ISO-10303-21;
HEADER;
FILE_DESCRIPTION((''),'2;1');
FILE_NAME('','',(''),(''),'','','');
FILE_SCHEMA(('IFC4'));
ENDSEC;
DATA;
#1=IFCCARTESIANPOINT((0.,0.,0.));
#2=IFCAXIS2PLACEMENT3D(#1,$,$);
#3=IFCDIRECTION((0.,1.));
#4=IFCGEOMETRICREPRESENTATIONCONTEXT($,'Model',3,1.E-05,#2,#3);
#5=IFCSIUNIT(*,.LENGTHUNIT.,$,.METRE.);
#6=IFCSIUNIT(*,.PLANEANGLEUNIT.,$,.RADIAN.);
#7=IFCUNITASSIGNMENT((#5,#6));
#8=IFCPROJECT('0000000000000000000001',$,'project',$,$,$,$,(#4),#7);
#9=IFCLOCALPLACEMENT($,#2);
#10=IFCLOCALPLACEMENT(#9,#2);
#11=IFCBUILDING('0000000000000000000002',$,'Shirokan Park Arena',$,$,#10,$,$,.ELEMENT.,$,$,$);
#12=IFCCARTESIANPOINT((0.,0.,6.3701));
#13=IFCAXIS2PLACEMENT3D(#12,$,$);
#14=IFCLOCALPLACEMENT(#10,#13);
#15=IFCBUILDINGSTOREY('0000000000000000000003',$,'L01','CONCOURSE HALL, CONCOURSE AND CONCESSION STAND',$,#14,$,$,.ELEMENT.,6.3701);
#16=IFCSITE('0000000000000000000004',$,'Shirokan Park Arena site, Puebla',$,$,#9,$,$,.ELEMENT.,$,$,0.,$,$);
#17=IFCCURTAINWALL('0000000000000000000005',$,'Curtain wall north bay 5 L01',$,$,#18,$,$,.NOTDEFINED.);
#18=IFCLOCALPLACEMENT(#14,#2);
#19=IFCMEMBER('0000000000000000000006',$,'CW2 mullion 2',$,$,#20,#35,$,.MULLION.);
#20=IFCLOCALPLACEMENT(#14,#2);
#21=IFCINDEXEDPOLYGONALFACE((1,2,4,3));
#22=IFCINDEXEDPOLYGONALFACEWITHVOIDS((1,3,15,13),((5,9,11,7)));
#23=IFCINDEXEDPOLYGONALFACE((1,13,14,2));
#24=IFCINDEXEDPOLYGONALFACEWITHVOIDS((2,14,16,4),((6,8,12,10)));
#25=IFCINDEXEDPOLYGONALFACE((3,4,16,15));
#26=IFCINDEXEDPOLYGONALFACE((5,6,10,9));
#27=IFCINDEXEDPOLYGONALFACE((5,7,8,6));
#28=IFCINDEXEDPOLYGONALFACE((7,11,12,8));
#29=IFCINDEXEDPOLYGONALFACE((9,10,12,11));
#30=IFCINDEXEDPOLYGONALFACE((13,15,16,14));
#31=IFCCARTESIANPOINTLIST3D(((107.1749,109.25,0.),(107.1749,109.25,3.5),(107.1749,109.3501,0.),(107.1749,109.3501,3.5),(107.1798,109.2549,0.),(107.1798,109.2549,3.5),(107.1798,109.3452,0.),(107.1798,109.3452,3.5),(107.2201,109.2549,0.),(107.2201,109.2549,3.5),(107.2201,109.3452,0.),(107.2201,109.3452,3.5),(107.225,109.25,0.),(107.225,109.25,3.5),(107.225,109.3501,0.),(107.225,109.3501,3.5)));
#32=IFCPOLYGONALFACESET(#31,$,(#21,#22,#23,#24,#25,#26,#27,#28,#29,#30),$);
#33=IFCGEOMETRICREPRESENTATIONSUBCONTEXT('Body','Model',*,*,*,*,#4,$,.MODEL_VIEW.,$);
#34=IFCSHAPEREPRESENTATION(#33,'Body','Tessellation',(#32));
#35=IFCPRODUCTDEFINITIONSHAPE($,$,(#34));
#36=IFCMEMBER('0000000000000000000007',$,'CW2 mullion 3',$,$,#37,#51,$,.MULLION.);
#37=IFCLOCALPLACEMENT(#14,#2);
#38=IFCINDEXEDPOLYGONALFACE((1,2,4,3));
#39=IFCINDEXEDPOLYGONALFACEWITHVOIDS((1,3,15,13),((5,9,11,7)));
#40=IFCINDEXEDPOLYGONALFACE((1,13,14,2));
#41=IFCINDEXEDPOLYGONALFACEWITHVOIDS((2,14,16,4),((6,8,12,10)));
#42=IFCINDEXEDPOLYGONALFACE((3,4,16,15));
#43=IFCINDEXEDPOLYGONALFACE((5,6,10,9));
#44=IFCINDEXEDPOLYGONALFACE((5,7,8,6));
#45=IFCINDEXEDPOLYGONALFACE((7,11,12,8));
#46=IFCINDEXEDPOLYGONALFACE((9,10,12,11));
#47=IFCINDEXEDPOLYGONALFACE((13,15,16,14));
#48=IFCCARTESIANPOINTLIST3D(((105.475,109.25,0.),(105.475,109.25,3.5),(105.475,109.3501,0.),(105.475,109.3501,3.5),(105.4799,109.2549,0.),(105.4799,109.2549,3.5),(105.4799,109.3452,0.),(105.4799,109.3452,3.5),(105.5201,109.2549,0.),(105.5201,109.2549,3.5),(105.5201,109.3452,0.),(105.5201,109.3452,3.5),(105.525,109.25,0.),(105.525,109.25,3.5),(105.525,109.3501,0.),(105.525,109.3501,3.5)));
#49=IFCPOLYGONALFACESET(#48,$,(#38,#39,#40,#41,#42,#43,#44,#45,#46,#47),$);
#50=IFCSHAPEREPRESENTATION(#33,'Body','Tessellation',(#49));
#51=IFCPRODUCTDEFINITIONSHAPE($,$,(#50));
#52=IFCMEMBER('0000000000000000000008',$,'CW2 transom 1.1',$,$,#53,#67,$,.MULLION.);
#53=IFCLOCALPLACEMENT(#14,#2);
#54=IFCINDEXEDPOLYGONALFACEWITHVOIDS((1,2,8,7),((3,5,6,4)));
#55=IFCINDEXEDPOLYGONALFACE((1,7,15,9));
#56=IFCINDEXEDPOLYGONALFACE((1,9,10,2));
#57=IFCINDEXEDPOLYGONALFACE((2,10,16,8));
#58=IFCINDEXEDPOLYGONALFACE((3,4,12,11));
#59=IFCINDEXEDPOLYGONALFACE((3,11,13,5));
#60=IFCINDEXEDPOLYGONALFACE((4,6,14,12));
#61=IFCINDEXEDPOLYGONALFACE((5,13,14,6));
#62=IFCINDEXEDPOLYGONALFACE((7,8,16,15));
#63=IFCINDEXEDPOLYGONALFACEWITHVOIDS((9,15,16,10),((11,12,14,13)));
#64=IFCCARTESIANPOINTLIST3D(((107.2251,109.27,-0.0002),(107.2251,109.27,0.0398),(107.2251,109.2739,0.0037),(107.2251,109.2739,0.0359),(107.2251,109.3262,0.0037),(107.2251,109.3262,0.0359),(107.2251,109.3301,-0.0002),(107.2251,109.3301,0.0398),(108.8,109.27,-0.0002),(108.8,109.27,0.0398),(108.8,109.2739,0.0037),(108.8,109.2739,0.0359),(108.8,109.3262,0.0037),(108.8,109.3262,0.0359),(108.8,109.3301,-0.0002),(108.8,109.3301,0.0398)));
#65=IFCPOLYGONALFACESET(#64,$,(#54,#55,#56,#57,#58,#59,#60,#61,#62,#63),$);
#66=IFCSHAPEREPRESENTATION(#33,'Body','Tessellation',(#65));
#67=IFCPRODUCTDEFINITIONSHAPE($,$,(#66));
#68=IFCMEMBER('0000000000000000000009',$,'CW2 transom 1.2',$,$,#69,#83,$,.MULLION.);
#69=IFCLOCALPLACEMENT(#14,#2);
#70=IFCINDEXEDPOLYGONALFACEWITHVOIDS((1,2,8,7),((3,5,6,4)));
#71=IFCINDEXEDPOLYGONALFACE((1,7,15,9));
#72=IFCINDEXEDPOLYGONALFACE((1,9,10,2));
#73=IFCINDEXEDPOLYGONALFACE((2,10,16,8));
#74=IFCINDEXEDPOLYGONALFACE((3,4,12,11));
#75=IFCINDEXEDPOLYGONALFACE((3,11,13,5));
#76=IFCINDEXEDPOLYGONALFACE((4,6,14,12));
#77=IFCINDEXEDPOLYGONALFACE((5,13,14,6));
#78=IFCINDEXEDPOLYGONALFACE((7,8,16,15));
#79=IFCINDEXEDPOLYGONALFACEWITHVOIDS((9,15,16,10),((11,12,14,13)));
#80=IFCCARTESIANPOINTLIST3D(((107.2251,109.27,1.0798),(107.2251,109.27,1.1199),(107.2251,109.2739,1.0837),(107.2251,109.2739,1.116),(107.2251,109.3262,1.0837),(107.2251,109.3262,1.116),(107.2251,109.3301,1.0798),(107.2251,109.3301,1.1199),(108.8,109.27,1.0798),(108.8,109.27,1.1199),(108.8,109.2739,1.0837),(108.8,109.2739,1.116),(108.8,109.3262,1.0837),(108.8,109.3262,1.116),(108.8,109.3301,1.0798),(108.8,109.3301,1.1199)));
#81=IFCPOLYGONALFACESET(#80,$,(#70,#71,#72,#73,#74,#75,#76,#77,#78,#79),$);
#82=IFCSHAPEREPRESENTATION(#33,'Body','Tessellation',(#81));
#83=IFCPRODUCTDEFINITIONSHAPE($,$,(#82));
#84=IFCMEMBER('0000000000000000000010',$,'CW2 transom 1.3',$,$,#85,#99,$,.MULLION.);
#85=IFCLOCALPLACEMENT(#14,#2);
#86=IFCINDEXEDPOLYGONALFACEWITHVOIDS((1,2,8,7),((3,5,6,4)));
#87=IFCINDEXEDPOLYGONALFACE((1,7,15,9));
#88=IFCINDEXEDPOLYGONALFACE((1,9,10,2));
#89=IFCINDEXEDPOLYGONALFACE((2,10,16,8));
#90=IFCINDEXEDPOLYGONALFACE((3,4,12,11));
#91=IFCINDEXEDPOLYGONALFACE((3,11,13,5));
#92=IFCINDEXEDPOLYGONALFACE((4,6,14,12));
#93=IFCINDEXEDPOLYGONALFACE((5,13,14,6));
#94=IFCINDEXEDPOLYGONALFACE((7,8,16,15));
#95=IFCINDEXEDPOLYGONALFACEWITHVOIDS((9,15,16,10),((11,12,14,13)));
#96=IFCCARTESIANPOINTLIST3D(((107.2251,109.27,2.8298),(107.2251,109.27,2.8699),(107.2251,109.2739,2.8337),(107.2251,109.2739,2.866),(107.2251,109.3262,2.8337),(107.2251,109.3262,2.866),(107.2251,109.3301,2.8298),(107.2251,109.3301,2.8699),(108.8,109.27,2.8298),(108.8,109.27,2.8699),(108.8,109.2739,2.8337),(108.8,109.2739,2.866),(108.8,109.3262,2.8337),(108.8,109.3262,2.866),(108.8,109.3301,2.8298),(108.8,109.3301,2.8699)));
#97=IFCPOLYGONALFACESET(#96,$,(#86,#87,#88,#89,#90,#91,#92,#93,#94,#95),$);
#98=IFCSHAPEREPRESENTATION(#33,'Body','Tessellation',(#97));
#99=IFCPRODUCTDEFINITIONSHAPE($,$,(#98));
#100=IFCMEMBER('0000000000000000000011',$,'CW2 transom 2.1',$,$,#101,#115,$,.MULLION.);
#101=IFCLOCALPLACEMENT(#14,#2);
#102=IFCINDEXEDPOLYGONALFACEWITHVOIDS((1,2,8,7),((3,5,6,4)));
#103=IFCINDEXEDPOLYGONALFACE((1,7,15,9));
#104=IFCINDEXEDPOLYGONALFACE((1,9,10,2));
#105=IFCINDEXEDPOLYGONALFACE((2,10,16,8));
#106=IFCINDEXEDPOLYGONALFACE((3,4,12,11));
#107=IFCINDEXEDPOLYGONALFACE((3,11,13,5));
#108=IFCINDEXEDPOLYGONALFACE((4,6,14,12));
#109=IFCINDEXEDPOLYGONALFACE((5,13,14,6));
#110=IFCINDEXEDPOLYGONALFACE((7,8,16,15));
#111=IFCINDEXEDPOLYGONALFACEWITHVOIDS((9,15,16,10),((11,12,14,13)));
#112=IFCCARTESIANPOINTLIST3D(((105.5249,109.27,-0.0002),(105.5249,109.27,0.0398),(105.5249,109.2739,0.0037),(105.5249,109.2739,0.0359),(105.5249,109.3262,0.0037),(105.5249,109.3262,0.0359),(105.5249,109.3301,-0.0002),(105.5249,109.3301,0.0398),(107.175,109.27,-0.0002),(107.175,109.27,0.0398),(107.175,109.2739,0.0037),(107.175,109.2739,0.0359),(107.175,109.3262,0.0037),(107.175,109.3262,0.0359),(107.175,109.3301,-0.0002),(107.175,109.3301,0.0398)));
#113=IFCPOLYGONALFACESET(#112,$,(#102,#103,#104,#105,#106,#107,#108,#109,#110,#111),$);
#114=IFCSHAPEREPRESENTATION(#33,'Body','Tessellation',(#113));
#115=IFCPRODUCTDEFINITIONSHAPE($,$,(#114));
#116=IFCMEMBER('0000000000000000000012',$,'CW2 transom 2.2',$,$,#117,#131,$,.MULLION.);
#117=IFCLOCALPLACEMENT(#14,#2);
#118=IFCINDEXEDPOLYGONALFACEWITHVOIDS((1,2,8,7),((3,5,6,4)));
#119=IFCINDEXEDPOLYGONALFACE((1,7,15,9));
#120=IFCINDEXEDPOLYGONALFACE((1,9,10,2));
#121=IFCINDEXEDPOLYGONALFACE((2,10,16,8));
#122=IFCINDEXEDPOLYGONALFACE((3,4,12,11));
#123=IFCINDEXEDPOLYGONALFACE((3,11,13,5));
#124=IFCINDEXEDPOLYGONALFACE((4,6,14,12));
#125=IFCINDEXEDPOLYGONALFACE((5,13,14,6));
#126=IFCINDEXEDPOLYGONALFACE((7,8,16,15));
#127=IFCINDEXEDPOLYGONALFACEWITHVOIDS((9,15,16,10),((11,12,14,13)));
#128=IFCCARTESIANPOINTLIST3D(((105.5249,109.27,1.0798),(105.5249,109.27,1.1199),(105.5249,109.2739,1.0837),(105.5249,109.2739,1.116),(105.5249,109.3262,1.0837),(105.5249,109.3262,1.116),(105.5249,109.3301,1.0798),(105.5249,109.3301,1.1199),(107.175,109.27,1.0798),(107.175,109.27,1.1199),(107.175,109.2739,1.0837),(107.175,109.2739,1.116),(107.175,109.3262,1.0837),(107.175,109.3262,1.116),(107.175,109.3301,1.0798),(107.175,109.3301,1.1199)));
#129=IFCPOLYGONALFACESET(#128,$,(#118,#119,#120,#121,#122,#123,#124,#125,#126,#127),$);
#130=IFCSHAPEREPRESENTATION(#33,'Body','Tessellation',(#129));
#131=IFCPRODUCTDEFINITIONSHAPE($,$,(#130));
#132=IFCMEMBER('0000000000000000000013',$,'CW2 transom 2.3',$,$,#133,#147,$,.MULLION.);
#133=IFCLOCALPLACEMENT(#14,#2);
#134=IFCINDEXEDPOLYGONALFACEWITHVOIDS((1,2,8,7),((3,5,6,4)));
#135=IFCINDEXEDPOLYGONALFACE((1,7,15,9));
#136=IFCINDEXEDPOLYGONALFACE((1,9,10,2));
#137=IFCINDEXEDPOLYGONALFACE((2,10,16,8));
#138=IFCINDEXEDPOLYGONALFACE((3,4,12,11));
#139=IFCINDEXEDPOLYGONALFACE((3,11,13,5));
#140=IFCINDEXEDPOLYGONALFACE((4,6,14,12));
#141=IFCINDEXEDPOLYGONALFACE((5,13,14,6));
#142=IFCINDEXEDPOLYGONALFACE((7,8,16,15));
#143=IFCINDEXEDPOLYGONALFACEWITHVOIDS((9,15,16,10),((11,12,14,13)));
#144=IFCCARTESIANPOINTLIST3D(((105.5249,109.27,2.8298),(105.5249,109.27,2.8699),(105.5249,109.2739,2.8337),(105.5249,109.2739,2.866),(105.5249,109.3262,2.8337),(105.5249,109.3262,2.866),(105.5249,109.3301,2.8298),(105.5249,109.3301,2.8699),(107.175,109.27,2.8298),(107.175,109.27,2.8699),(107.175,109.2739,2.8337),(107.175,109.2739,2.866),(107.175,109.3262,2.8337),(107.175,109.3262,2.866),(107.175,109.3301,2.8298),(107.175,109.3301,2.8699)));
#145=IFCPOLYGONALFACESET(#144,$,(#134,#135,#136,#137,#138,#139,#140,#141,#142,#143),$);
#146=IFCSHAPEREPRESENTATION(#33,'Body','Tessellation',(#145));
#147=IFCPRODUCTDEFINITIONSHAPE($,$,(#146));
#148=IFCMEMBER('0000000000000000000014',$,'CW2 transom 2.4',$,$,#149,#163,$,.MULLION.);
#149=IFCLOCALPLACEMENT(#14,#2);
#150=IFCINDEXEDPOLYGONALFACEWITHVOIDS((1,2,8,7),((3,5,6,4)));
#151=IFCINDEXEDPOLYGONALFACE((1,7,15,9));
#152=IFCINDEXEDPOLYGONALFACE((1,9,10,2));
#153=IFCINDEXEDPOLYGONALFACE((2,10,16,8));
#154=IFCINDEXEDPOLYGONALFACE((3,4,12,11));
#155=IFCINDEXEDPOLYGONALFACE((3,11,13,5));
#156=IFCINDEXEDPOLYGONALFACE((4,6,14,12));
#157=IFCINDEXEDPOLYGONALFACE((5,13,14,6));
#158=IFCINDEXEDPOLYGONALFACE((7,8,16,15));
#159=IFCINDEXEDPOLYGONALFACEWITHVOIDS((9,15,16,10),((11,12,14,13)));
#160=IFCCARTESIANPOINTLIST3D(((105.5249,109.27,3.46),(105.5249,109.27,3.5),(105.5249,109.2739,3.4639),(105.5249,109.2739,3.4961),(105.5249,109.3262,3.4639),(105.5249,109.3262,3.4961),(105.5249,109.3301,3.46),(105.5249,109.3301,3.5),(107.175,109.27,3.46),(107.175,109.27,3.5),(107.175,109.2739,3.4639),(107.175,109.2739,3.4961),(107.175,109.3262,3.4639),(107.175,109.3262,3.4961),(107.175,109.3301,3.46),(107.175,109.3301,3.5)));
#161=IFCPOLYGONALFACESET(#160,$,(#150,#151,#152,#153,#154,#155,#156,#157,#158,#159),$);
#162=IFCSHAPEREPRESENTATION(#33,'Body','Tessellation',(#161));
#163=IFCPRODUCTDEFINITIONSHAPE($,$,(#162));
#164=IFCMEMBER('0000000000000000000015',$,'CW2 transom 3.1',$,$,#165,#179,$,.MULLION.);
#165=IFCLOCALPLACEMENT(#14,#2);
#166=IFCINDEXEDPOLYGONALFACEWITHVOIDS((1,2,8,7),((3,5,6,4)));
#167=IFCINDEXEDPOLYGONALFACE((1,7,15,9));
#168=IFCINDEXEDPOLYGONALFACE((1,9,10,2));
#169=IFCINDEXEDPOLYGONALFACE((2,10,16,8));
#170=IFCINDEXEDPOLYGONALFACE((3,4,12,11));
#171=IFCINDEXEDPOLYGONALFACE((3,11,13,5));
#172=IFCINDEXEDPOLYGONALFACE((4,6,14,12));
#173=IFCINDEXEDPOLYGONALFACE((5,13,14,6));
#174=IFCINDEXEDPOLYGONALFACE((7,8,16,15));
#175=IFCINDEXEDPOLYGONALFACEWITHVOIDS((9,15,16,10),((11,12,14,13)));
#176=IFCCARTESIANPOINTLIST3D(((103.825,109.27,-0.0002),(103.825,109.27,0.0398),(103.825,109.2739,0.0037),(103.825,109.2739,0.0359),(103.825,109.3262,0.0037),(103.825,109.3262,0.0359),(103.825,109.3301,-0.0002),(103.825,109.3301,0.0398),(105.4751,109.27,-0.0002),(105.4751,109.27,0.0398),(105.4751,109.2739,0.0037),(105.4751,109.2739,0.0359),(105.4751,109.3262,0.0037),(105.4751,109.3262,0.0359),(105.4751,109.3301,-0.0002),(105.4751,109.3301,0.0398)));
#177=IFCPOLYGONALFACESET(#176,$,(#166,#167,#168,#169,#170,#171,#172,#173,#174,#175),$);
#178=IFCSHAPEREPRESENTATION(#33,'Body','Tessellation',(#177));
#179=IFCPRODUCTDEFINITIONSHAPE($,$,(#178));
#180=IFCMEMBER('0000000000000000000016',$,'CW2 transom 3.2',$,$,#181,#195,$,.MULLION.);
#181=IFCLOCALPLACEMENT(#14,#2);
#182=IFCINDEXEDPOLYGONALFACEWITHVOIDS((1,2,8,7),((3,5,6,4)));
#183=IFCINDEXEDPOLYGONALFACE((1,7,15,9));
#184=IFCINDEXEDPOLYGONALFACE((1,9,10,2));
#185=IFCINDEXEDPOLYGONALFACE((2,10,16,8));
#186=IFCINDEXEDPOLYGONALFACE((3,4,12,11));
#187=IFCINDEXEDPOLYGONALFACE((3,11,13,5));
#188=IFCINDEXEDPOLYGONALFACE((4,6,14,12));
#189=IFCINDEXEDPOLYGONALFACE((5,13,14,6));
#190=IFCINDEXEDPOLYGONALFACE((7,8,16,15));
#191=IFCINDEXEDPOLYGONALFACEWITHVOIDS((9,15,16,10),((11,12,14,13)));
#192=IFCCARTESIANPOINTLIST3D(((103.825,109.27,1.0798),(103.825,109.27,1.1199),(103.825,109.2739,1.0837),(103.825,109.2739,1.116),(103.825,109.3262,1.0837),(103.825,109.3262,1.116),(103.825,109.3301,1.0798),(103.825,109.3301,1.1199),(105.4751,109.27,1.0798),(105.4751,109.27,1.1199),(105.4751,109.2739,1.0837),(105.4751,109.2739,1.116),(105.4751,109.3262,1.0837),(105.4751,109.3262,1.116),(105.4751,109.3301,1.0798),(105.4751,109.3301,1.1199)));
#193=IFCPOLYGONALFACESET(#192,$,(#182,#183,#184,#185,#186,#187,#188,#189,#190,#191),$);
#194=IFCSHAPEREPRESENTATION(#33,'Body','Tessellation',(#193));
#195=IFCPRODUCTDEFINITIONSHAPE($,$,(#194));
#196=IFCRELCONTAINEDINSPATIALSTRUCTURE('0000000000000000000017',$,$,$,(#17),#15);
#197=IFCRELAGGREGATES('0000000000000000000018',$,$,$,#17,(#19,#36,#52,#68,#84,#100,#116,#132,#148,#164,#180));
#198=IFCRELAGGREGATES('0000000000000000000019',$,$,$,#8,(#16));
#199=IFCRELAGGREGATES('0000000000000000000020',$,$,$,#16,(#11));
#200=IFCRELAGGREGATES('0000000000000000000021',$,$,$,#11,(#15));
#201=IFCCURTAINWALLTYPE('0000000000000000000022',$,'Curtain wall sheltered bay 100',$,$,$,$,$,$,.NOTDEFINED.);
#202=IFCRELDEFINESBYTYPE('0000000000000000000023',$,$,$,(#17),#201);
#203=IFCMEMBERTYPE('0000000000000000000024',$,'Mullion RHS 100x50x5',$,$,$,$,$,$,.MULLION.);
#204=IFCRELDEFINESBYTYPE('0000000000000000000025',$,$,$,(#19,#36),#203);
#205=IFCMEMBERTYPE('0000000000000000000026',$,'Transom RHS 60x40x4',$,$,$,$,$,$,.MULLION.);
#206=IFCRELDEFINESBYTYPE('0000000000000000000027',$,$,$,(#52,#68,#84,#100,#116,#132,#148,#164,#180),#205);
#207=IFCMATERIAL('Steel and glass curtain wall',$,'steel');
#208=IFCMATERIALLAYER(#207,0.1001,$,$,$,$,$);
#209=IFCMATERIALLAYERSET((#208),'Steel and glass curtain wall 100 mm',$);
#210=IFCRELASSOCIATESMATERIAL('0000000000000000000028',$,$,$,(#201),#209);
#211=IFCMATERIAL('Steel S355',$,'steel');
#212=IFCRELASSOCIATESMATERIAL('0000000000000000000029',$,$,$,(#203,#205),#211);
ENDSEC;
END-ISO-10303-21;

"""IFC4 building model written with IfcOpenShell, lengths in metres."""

from ifc_helpers import new_model, si_unit, direction, frame, origin, origin_2d, place, context, subcontext, project, spatial, hollow_rectangle, extrude, material, layer, layer_set, material_profile, profile_set, type_object, element, aggregate, save


model = new_model("IFC4")

# Units and contexts
model_context = context("Model", 3, precision=1e-05, world=origin(), true_north=direction((0.0, 1.0)))
body_context = subcontext(model_context, "Body", "Model", "MODEL_VIEW")
ifc_project = project(units=[si_unit("LENGTHUNIT", "METRE"), si_unit("PLANEANGLEUNIT", "RADIAN")], contexts=[model_context])

# Site, building, storey
site_placement = place(None, origin())
site = spatial("IfcSite", under=ifc_project, at=site_placement, Name="Shirokan Park Arena site, Puebla", CompositionType="ELEMENT", RefElevation=0.0)
building_placement = place(site_placement, origin())
building = spatial("IfcBuilding", under=site, at=building_placement, Name="Shirokan Park Arena", CompositionType="ELEMENT")
storey_placement = place(building_placement, frame((0.0, 0.0, 6.3701)))
storey = spatial("IfcBuildingStorey", under=building, at=storey_placement, Name="L01", Description="CONCOURSE HALL, CONCOURSE AND CONCESSION STAND", CompositionType="ELEMENT", Elevation=6.3701)

# Curtain wall, members
ifc_material_1 = material(Name="Steel and glass curtain wall", Category="steel")
ifc_layer_1 = layer(ifc_material_1, 0.1001)
ifc_layer_set_1 = layer_set([ifc_layer_1], Name="Steel and glass curtain wall 100 mm")
curtain_wall_type = type_object("IfcCurtainWallType", Name="Curtain wall sheltered bay 100", PredefinedType="NOTDEFINED", material=ifc_layer_set_1)
curtain_wall_placement = place(storey_placement, origin())
curtain_wall = element("IfcCurtainWall", 1, at=curtain_wall_placement, inside=storey, type_object=curtain_wall_type, Name="Curtain wall north bay 5 L01", PredefinedType="NOTDEFINED")
ifc_material_2 = material(Name="Steel S355", Category="steel")
ifc_material_profile_1 = material_profile(ifc_material_2, hollow_rectangle(XDim=0.1001, YDim=0.05, WallThickness=0.0049, at=origin_2d()), Name="RHS 100x50x5")
ifc_profile_set_1 = profile_set([ifc_material_profile_1], Name="Steel S355")
member_type_1 = type_object("IfcMemberType", Name="Mullion RHS 100x50x5", PredefinedType="MULLION", material=ifc_profile_set_1)
member_1_placement = place(storey_placement, frame((107.2, 109.3, 0.0), z_axis=(0.0, 0.0, 1.0), x_axis=(0.0, -1.0, 0.0)))
member_1 = element("IfcMember", 2, at=member_1_placement, type_object=member_type_1, Name="CW2 mullion 2", PredefinedType="MULLION", context=body_context, shape_type="SweptSolid", body=[
    extrude(hollow_rectangle(XDim=0.1001, YDim=0.05, WallThickness=0.0049, at=origin_2d()), origin(), (0.0, 0.0, 1.0), 3.5),
])
member_2_placement = place(storey_placement, frame((105.5, 109.3, 0.0), z_axis=(0.0, 0.0, 1.0), x_axis=(0.0, -1.0, 0.0)))
member_2 = element("IfcMember", 3, at=member_2_placement, type_object=member_type_1, Name="CW2 mullion 3", PredefinedType="MULLION", context=body_context, shape_type="SweptSolid", body=[
    extrude(hollow_rectangle(XDim=0.1001, YDim=0.05, WallThickness=0.0049, at=origin_2d()), origin(), (0.0, 0.0, 1.0), 3.5),
])
ifc_material_profile_2 = material_profile(ifc_material_2, hollow_rectangle(XDim=0.0601, YDim=0.04, WallThickness=0.0039, at=origin_2d()), Name="RHS 60x40x4")
ifc_profile_set_2 = profile_set([ifc_material_profile_2], Name="Steel S355")
member_type_2 = type_object("IfcMemberType", Name="Transom RHS 60x40x4", PredefinedType="MULLION", material=ifc_profile_set_2)
member_3_placement = place(storey_placement, frame((108.8, 109.3, 0.0198), z_axis=(-1.0, 0.0, 0.0), x_axis=(0.0, -1.0, 0.0)))
member_3 = element("IfcMember", 4, at=member_3_placement, type_object=member_type_2, Name="CW2 transom 1.1", PredefinedType="MULLION", context=body_context, shape_type="SweptSolid", body=[
    extrude(hollow_rectangle(XDim=0.0601, YDim=0.04, WallThickness=0.0039, at=origin_2d()), origin(), (0.0, 0.0, 1.0), 1.575),
])
member_4_placement = place(storey_placement, frame((108.8, 109.3, 1.0999), z_axis=(-1.0, 0.0, 0.0), x_axis=(0.0, -1.0, 0.0)))
member_4 = element("IfcMember", 5, at=member_4_placement, type_object=member_type_2, Name="CW2 transom 1.2", PredefinedType="MULLION", context=body_context, shape_type="SweptSolid", body=[
    extrude(hollow_rectangle(XDim=0.0601, YDim=0.04, WallThickness=0.0039, at=origin_2d()), origin(), (0.0, 0.0, 1.0), 1.575),
])
member_5_placement = place(storey_placement, frame((108.8, 109.3, 2.8499), z_axis=(-1.0, 0.0, 0.0), x_axis=(0.0, -1.0, 0.0)))
member_5 = element("IfcMember", 6, at=member_5_placement, type_object=member_type_2, Name="CW2 transom 1.3", PredefinedType="MULLION", context=body_context, shape_type="SweptSolid", body=[
    extrude(hollow_rectangle(XDim=0.0601, YDim=0.04, WallThickness=0.0039, at=origin_2d()), origin(), (0.0, 0.0, 1.0), 1.575),
])
member_6_placement = place(storey_placement, frame((107.175, 109.3, 0.0198), z_axis=(-1.0, 0.0, 0.0), x_axis=(0.0, -1.0, 0.0)))
member_6 = element("IfcMember", 7, at=member_6_placement, type_object=member_type_2, Name="CW2 transom 2.1", PredefinedType="MULLION", context=body_context, shape_type="SweptSolid", body=[
    extrude(hollow_rectangle(XDim=0.0601, YDim=0.04, WallThickness=0.0039, at=origin_2d()), origin(), (0.0, 0.0, 1.0), 1.6501),
])
member_7_placement = place(storey_placement, frame((107.175, 109.3, 1.0999), z_axis=(-1.0, 0.0, 0.0), x_axis=(0.0, -1.0, 0.0)))
member_7 = element("IfcMember", 8, at=member_7_placement, type_object=member_type_2, Name="CW2 transom 2.2", PredefinedType="MULLION", context=body_context, shape_type="SweptSolid", body=[
    extrude(hollow_rectangle(XDim=0.0601, YDim=0.04, WallThickness=0.0039, at=origin_2d()), origin(), (0.0, 0.0, 1.0), 1.6501),
])
member_8_placement = place(storey_placement, frame((107.175, 109.3, 2.8499), z_axis=(-1.0, 0.0, 0.0), x_axis=(0.0, -1.0, 0.0)))
member_8 = element("IfcMember", 9, at=member_8_placement, type_object=member_type_2, Name="CW2 transom 2.3", PredefinedType="MULLION", context=body_context, shape_type="SweptSolid", body=[
    extrude(hollow_rectangle(XDim=0.0601, YDim=0.04, WallThickness=0.0039, at=origin_2d()), origin(), (0.0, 0.0, 1.0), 1.6501),
])
member_9_placement = place(storey_placement, frame((107.175, 109.3, 3.48), z_axis=(-1.0, 0.0, 0.0), x_axis=(0.0, -1.0, 0.0)))
member_9 = element("IfcMember", 10, at=member_9_placement, type_object=member_type_2, Name="CW2 transom 2.4", PredefinedType="MULLION", context=body_context, shape_type="SweptSolid", body=[
    extrude(hollow_rectangle(XDim=0.0601, YDim=0.04, WallThickness=0.0039, at=origin_2d()), origin(), (0.0, 0.0, 1.0), 1.6501),
])
member_10_placement = place(storey_placement, frame((105.4751, 109.3, 0.0198), z_axis=(-1.0, 0.0, 0.0), x_axis=(0.0, -1.0, 0.0)))
member_10 = element("IfcMember", 11, at=member_10_placement, type_object=member_type_2, Name="CW2 transom 3.1", PredefinedType="MULLION", context=body_context, shape_type="SweptSolid", body=[
    extrude(hollow_rectangle(XDim=0.0601, YDim=0.04, WallThickness=0.0039, at=origin_2d()), origin(), (0.0, 0.0, 1.0), 1.6501),
])
member_11_placement = place(storey_placement, frame((105.4751, 109.3, 1.0999), z_axis=(-1.0, 0.0, 0.0), x_axis=(0.0, -1.0, 0.0)))
member_11 = element("IfcMember", 12, at=member_11_placement, type_object=member_type_2, Name="CW2 transom 3.2", PredefinedType="MULLION", context=body_context, shape_type="SweptSolid", body=[
    extrude(hollow_rectangle(XDim=0.0601, YDim=0.04, WallThickness=0.0039, at=origin_2d()), origin(), (0.0, 0.0, 1.0), 1.6501),
])
aggregate(curtain_wall, [member_1, member_2, member_3, member_4, member_5, member_6, member_7, member_8, member_9, member_10, member_11])

save(model, "model.ifc")
